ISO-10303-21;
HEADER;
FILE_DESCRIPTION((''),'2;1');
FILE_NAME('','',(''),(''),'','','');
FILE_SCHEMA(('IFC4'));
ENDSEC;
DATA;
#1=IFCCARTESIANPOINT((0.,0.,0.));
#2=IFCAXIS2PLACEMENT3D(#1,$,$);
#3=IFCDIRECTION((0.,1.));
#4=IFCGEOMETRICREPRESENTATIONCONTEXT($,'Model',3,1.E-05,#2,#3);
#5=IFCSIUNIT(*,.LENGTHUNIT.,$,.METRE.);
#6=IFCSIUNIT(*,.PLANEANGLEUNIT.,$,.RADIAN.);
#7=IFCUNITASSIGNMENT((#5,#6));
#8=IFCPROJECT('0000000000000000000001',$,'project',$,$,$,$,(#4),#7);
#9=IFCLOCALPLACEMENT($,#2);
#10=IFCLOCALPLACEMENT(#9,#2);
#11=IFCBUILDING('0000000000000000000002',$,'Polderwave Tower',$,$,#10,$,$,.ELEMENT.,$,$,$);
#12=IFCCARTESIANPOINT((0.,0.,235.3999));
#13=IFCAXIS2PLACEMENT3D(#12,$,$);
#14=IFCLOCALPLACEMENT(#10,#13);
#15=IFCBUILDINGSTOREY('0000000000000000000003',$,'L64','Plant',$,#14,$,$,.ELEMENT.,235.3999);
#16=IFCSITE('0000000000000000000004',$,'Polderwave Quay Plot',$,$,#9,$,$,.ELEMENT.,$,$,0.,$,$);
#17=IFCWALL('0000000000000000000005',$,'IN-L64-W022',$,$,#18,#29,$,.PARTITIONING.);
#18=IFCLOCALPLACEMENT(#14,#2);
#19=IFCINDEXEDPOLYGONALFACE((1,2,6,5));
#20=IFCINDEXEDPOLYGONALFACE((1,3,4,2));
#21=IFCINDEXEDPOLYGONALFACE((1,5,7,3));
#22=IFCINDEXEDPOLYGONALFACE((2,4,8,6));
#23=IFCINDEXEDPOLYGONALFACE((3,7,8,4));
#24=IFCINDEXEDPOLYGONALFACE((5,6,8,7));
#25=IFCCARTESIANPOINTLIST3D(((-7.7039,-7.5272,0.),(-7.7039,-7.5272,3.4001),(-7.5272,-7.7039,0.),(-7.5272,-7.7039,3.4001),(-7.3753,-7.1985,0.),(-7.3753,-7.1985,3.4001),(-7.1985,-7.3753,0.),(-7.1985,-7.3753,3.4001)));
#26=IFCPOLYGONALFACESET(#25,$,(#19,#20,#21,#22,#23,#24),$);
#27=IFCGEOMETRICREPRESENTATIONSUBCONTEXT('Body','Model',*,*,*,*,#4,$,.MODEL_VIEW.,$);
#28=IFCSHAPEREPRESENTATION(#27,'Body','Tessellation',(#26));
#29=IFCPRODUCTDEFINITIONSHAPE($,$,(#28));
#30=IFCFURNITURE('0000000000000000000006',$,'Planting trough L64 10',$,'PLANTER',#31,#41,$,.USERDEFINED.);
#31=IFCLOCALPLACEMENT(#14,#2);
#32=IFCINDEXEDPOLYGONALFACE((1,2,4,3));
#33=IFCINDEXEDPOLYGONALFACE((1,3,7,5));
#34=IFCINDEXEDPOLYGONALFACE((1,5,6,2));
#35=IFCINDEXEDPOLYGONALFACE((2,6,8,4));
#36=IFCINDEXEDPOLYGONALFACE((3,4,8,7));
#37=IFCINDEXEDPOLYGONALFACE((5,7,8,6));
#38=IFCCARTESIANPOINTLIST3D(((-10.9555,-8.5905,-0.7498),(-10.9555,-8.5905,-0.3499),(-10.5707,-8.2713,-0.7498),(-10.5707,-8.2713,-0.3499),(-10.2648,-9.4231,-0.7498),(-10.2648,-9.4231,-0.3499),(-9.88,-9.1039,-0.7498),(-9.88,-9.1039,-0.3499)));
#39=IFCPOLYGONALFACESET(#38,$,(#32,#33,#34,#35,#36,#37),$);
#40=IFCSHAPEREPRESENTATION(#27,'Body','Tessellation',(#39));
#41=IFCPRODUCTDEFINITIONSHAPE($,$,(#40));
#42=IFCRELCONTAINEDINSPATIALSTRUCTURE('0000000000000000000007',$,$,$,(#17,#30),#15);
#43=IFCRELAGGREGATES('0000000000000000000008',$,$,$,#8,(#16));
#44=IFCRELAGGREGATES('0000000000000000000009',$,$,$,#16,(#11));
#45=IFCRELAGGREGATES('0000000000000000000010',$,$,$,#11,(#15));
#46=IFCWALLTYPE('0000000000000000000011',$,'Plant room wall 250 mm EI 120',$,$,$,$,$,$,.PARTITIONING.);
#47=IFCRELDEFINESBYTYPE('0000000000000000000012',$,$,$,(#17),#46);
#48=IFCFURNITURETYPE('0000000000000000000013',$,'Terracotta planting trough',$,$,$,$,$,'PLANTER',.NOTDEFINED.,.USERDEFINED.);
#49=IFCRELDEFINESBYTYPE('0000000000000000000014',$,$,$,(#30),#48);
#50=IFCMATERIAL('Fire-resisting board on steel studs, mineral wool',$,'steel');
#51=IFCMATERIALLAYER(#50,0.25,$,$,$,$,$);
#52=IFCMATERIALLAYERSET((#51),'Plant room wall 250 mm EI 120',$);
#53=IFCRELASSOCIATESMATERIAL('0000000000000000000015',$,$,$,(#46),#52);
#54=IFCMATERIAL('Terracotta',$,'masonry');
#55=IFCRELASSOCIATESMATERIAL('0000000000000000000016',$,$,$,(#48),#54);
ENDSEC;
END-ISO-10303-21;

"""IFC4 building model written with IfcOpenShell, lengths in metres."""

from ifc_helpers import new_model, si_unit, direction, frame, frame_2d, origin, origin_2d, place, context, subcontext, project, spatial, rectangle, extrude, material, layer, layer_set, type_object, element, save


model = new_model("IFC4")

# Units and contexts
model_context = context("Model", 3, precision=1e-05, world=origin(), true_north=direction((0.0, 1.0)))
body_context = subcontext(model_context, "Body", "Model", "MODEL_VIEW")
ifc_project = project(units=[si_unit("LENGTHUNIT", "METRE"), si_unit("PLANEANGLEUNIT", "RADIAN")], contexts=[model_context])

# Site, building, storey
site_placement = place(None, origin())
site = spatial("IfcSite", under=ifc_project, at=site_placement, Name="Polderwave Quay Plot", CompositionType="ELEMENT", RefElevation=0.0)
building_placement = place(site_placement, origin())
building = spatial("IfcBuilding", under=site, at=building_placement, Name="Polderwave Tower", CompositionType="ELEMENT")
storey_placement = place(building_placement, frame((0.0, 0.0, 235.3999)))
storey = spatial("IfcBuildingStorey", under=building, at=storey_placement, Name="L64", Description="Plant", CompositionType="ELEMENT", Elevation=235.3999)

# Shared definitions
ifc_material_1 = material(Name="Fire-resisting board on steel studs, mineral wool", Category="steel")
ifc_layer_1 = layer(ifc_material_1, 0.25)
ifc_layer_set_1 = layer_set([ifc_layer_1], Name="Plant room wall 250 mm EI 120")
wall_type = type_object("IfcWallType", Name="Plant room wall 250 mm EI 120", PredefinedType="PARTITIONING", material=ifc_layer_set_1)

# Wall
wall_1_placement = place(storey_placement, frame((-7.2869, -7.2869, 0.0), z_axis=(0.0, 0.0, 1.0), x_axis=(-0.707107, -0.707107, 0.0)))
element("IfcWall", 1, at=wall_1_placement, inside=storey, type_object=wall_type, Name="IN-L64-W022", PredefinedType="PARTITIONING", context=body_context, shape_type="SweptSolid", body=[
    extrude(rectangle(XDim=0.4648, YDim=0.25, at=frame_2d((0.2324, 0.0))), origin(), (0.0, 0.0, 1.0), 3.4001),
])

# Furniture
ifc_material_2 = material(Name="Terracotta", Category="masonry")
furniture_type = type_object("IfcFurnitureType", Name="Terracotta planting trough", ElementType="PLANTER", AssemblyPlace="NOTDEFINED", PredefinedType="USERDEFINED", material=ifc_material_2)
furniture_placement = place(storey_placement, frame((-10.4177, -8.8472, -0.7498), z_axis=(0.0, 0.0, 1.0), x_axis=(0.638463, -0.769653, 0.0)))
element("IfcFurniture", 2, at=furniture_placement, inside=storey, type_object=furniture_type, Name="Planting trough L64 10", ObjectType="PLANTER", PredefinedType="USERDEFINED", context=body_context, shape_type="SweptSolid", body=[
    extrude(rectangle(XDim=1.0818, YDim=0.5, at=origin_2d()), origin(), (0.0, 0.0, 1.0), 0.3999),
])

save(model, "model.ifc")
